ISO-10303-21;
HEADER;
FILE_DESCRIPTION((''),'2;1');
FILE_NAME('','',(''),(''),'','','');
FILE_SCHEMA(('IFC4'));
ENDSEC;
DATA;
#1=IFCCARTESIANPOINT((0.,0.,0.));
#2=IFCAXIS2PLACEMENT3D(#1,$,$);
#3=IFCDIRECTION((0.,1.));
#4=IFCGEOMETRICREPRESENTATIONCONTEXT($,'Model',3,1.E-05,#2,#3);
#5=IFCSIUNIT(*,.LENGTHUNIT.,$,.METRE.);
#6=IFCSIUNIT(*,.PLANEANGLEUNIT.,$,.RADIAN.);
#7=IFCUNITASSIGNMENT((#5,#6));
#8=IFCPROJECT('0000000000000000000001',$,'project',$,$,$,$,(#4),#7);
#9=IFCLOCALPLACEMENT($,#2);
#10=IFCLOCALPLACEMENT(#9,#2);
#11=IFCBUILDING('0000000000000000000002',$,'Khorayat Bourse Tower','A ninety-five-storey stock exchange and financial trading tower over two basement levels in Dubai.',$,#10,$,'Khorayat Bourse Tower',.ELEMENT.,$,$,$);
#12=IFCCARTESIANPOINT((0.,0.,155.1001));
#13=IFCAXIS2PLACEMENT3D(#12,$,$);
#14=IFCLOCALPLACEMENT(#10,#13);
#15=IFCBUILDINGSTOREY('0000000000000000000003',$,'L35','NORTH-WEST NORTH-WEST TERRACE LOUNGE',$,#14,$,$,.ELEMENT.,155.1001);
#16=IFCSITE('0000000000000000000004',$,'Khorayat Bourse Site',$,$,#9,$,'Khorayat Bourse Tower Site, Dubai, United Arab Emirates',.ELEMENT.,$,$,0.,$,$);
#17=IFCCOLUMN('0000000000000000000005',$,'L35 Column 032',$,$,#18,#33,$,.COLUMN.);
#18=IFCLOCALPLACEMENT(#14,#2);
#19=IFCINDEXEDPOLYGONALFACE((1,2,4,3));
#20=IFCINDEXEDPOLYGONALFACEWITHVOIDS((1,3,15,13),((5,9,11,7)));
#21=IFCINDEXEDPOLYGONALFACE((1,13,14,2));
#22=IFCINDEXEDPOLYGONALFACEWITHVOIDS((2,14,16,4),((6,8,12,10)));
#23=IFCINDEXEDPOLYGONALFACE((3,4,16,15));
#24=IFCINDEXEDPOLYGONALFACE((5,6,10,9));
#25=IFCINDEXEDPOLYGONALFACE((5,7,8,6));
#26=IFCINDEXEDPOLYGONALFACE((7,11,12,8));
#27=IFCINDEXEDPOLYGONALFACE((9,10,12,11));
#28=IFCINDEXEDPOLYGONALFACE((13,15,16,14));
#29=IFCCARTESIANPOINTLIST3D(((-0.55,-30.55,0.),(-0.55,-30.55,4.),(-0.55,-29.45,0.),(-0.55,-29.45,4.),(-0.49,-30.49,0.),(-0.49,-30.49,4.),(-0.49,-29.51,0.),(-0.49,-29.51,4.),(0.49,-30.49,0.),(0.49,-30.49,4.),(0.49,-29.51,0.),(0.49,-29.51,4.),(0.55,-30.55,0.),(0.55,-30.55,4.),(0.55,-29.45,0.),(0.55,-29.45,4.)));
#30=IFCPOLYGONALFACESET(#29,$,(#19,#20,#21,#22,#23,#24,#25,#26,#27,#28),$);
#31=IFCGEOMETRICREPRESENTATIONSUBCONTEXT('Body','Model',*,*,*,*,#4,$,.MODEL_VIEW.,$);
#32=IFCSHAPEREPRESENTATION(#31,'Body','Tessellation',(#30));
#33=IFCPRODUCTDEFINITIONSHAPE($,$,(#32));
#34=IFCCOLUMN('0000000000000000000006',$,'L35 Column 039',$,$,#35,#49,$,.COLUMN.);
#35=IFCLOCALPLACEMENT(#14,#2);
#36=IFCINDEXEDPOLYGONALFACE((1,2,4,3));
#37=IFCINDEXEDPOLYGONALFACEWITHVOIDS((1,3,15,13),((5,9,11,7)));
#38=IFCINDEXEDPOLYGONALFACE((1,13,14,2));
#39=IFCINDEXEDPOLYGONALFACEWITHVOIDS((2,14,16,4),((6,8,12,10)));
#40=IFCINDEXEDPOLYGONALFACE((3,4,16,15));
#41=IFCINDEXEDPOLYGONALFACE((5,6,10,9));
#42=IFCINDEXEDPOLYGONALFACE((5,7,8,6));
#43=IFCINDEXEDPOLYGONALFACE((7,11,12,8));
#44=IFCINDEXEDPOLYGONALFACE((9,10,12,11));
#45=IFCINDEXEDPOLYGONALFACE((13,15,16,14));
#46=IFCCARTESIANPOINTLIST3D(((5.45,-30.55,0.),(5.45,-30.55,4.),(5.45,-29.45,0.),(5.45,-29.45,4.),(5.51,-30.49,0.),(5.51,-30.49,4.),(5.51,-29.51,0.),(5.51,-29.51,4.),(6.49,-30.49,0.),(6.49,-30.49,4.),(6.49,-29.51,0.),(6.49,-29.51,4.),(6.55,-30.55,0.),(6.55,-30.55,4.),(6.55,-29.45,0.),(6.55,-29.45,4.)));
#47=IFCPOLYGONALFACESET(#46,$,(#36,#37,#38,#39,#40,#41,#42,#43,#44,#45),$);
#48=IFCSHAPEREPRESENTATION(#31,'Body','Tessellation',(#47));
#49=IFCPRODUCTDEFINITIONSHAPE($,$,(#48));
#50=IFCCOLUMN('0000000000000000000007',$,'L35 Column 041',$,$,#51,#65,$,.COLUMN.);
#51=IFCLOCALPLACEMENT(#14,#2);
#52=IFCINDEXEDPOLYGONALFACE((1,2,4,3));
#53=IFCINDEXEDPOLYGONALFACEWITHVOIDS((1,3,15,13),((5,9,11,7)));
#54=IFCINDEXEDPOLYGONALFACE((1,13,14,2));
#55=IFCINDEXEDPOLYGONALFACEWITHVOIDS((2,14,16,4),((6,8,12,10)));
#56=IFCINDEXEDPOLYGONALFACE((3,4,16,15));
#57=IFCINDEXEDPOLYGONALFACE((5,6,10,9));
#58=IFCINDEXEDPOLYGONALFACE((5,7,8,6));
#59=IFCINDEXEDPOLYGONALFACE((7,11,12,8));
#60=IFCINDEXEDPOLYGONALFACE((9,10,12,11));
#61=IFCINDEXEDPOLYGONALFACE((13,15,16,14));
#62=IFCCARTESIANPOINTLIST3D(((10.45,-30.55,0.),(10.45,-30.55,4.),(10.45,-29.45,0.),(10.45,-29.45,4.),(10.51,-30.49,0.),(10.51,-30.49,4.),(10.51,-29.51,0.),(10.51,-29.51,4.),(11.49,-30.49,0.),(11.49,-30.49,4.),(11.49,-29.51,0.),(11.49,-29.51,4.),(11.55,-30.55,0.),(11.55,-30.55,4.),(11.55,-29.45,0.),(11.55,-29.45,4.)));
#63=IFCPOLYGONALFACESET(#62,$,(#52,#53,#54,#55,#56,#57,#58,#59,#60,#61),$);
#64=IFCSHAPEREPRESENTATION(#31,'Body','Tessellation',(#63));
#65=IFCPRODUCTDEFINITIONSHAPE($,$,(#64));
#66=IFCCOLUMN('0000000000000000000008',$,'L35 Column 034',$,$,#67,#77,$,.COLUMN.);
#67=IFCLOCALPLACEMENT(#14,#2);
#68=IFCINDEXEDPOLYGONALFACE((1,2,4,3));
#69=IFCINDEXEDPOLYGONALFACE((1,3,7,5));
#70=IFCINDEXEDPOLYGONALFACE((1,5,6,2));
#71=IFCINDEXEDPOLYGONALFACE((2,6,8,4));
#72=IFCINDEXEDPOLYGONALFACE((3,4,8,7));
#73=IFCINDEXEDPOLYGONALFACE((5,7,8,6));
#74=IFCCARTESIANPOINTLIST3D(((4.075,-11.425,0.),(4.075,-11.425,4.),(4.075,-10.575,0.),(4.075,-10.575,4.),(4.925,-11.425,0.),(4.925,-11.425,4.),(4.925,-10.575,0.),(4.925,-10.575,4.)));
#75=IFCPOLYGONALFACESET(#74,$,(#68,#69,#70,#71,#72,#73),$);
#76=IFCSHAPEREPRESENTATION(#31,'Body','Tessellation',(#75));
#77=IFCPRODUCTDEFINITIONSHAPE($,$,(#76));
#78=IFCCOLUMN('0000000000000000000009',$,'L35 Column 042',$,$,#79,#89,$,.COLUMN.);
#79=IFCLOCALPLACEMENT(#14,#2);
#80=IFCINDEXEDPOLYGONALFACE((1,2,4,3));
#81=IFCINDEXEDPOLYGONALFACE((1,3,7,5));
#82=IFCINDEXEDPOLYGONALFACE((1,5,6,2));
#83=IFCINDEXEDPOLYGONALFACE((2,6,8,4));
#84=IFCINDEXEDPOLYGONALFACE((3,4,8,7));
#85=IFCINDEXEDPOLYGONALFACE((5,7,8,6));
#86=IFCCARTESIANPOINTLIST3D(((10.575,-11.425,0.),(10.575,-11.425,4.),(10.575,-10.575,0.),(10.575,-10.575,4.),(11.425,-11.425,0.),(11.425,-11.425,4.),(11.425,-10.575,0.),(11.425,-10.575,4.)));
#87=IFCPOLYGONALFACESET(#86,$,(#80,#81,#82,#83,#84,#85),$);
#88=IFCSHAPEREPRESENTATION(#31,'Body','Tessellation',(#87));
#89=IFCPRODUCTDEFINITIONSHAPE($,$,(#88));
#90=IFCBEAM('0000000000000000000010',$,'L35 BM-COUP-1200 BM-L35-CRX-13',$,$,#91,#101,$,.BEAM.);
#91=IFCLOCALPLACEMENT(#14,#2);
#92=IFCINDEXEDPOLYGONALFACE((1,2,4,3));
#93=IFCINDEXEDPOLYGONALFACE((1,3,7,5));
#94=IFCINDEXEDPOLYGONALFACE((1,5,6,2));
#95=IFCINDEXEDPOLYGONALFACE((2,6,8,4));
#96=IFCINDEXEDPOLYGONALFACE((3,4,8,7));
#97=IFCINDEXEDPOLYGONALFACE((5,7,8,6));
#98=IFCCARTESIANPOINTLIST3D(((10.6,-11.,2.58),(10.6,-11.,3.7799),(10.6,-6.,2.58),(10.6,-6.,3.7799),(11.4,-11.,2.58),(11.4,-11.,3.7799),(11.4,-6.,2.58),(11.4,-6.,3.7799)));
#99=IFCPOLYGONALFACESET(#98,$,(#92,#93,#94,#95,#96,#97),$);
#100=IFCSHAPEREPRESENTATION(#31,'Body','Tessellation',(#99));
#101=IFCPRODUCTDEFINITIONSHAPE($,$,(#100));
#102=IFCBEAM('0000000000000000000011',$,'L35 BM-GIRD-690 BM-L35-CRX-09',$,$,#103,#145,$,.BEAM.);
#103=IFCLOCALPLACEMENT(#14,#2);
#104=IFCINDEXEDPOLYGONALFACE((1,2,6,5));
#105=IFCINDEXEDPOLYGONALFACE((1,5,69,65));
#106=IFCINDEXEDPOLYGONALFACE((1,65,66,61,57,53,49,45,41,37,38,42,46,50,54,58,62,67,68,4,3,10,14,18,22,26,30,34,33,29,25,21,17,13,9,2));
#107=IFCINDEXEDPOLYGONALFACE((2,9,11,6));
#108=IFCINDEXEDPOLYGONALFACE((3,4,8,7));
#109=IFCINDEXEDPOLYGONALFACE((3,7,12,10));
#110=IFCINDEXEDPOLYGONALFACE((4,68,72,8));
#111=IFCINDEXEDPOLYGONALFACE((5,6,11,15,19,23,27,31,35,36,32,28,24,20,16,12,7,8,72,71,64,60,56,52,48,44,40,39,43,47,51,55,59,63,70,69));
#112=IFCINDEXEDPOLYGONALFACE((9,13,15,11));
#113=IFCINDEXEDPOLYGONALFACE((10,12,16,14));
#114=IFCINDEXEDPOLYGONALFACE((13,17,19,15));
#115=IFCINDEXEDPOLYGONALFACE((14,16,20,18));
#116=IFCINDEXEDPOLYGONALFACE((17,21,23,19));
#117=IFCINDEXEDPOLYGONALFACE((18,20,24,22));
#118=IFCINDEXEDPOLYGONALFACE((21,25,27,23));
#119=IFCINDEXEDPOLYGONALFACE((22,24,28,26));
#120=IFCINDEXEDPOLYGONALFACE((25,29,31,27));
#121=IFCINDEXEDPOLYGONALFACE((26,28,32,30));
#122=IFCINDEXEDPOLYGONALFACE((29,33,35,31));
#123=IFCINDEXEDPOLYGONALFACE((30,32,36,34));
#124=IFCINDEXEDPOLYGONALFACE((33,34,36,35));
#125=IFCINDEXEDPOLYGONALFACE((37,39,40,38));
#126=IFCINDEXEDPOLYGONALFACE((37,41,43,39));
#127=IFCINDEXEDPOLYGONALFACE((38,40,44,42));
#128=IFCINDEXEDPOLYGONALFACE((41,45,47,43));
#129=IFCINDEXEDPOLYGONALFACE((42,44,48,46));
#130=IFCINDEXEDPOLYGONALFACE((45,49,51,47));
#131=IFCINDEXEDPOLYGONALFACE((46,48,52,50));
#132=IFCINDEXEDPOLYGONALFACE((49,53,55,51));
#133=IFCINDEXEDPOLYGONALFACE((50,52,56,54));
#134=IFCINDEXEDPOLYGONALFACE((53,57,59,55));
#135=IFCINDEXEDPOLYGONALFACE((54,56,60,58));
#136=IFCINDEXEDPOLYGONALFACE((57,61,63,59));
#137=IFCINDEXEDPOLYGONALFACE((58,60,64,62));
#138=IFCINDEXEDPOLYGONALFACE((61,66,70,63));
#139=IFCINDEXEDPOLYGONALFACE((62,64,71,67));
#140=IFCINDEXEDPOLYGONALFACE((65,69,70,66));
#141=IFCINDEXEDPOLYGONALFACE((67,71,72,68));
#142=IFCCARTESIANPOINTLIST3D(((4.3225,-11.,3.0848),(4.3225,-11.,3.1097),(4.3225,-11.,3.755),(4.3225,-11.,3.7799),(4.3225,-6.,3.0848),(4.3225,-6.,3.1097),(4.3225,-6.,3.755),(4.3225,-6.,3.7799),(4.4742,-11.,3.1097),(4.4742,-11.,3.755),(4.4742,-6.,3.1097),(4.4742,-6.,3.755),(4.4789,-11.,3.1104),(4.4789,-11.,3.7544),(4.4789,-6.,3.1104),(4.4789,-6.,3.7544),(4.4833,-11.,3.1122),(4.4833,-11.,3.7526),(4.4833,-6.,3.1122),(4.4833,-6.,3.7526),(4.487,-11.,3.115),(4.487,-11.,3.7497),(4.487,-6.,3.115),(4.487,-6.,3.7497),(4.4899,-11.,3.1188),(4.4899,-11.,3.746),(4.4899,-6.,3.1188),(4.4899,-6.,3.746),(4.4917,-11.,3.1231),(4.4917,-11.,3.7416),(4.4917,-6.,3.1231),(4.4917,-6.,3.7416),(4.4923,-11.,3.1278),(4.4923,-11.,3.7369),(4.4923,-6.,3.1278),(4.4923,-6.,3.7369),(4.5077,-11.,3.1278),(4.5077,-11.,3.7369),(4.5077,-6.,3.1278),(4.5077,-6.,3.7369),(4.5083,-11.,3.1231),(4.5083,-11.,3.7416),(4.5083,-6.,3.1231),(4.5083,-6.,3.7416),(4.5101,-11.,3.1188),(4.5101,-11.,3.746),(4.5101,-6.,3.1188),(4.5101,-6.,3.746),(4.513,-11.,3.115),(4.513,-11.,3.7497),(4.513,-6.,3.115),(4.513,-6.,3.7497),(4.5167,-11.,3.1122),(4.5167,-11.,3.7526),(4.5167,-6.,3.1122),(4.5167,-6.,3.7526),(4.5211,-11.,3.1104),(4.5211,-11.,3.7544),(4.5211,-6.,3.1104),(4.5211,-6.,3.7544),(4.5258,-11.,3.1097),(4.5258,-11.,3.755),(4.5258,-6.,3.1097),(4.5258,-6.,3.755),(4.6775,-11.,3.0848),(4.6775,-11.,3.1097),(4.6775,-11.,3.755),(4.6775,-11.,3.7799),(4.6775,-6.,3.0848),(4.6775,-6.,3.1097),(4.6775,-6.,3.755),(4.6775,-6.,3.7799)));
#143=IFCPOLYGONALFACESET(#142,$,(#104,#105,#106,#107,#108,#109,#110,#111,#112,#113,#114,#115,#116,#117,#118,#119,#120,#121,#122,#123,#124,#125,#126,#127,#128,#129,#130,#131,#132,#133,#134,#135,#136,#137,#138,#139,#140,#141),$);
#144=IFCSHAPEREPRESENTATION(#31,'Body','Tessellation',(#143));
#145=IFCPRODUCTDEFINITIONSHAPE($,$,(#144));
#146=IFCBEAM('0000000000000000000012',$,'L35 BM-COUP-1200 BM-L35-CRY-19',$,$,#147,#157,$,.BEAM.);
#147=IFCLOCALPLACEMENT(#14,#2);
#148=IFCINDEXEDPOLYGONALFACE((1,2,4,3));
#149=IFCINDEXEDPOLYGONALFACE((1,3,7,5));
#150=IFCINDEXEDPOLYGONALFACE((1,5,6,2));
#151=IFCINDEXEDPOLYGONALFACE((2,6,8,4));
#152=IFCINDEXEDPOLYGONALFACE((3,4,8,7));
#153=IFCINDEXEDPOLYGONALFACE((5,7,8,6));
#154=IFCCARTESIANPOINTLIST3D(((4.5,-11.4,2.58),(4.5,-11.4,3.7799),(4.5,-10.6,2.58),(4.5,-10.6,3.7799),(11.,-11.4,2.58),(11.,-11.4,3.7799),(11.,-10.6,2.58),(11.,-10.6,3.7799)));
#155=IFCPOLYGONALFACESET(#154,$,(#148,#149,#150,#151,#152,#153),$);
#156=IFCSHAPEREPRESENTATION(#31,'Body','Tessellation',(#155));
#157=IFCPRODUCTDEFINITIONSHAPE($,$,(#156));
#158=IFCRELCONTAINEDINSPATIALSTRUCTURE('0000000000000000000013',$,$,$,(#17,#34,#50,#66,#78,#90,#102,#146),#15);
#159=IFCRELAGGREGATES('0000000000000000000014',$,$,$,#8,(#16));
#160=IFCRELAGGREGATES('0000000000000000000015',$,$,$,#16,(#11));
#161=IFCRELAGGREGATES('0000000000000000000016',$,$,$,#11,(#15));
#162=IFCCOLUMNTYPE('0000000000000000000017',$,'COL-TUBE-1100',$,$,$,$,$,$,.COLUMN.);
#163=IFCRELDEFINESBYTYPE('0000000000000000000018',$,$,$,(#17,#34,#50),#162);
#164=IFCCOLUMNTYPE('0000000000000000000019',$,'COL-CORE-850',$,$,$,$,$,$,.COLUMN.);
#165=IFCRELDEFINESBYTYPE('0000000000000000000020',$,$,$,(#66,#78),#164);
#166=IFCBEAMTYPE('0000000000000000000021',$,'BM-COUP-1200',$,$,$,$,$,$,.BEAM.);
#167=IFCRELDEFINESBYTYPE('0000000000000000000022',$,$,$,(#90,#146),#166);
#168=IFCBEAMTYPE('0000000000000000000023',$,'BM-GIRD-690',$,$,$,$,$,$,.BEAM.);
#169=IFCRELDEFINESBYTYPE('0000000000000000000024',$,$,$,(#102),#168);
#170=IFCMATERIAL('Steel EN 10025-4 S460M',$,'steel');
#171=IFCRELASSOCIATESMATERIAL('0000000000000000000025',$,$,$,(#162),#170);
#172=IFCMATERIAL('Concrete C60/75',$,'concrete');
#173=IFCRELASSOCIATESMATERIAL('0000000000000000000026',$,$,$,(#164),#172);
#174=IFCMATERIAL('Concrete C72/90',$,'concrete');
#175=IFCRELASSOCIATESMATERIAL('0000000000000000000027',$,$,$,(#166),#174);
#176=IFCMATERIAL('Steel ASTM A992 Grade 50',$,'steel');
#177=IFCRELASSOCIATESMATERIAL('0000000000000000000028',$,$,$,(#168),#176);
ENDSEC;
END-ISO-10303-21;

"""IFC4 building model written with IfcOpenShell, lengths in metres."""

from ifc_helpers import new_model, si_unit, direction, frame, origin, origin_2d, place, context, subcontext, project, spatial, rectangle, hollow_rectangle, i_section, extrude, source, transform, mapped, material, material_profile, profile_set, type_object, element, save


model = new_model("IFC4")

# Units and contexts
model_context = context("Model", 3, precision=1e-05, world=origin(), true_north=direction((0.0, 1.0)))
body_context = subcontext(model_context, "Body", "Model", "MODEL_VIEW")
ifc_project = project(units=[si_unit("LENGTHUNIT", "METRE"), si_unit("PLANEANGLEUNIT", "RADIAN")], contexts=[model_context])

# Site, building, storey
site_placement = place(None, origin())
site = spatial("IfcSite", under=ifc_project, at=site_placement, Name="Khorayat Bourse Site", LongName="Khorayat Bourse Tower Site, Dubai, United Arab Emirates", CompositionType="ELEMENT", RefElevation=0.0)
building_placement = place(site_placement, origin())
building = spatial("IfcBuilding", under=site, at=building_placement, Name="Khorayat Bourse Tower", Description="A ninety-five-storey stock exchange and financial trading tower over two basement levels in Dubai.", LongName="Khorayat Bourse Tower", CompositionType="ELEMENT")
storey_placement = place(building_placement, frame((0.0, 0.0, 155.1001)))
storey = spatial("IfcBuildingStorey", under=building, at=storey_placement, Name="L35", Description="NORTH-WEST NORTH-WEST TERRACE LOUNGE", CompositionType="ELEMENT", Elevation=155.1001)

# Columns
ifc_material_1 = material(Name="Steel EN 10025-4 S460M", Category="steel")
ifc_material_profile_1 = material_profile(ifc_material_1, hollow_rectangle(XDim=1.1001, YDim=1.1001, WallThickness=0.0601, at=origin_2d()), Name="BOX 1100x1100x60")
ifc_profile_set_1 = profile_set([ifc_material_profile_1], Name="Steel EN 10025-4 S460M")
column_type_1 = type_object("IfcColumnType", Name="COL-TUBE-1100", PredefinedType="COLUMN", material=ifc_profile_set_1)
shared_shape_1 = source(origin(), body_context, "Body", "SweptSolid", [
    extrude(hollow_rectangle(XDim=1.1001, YDim=1.1001, WallThickness=0.0601, at=origin_2d()), origin(), (0.0, 0.0, 1.0), 4.0),
])
for number, where, z_axis, x_axis, name in (
    (1, (0.0, -30.0, 0.0), (0.0, 0.0, 1.0), (1.0, 0.0, 0.0), "L35 Column 032"),
    (2, (6.0, -30.0, 0.0), (0.0, 0.0, 1.0), (1.0, 0.0, 0.0), "L35 Column 039"),
    (3, (11.0, -30.0, 0.0), (0.0, 0.0, 1.0), (1.0, 0.0, 0.0), "L35 Column 041"),
):
    element("IfcColumn", number, at=place(storey_placement, frame(where, z_axis=z_axis, x_axis=x_axis)), inside=storey, type_object=column_type_1, Name=name, PredefinedType="COLUMN", context=body_context, shape_type="MappedRepresentation", body=[
        mapped(shared_shape_1, transform((0.0, 0.0, 0.0), scale=1.0)),
    ])
ifc_material_2 = material(Name="Concrete C60/75", Category="concrete")
ifc_material_profile_2 = material_profile(ifc_material_2, rectangle(XDim=0.8501, YDim=0.8501, at=origin_2d()), Name="RC 850x850")
ifc_profile_set_2 = profile_set([ifc_material_profile_2], Name="Concrete C60/75")
column_type_2 = type_object("IfcColumnType", Name="COL-CORE-850", PredefinedType="COLUMN", material=ifc_profile_set_2)
shared_shape_2 = source(origin(), body_context, "Body", "SweptSolid", [
    extrude(rectangle(XDim=0.8501, YDim=0.8501, at=origin_2d()), origin(), (0.0, 0.0, 1.0), 4.0),
])
for number, where, z_axis, x_axis, name in (
    (4, (4.5, -11.0, 0.0), (0.0, 0.0, 1.0), (1.0, 0.0, 0.0), "L35 Column 034"),
    (5, (11.0, -11.0, 0.0), (0.0, 0.0, 1.0), (1.0, 0.0, 0.0), "L35 Column 042"),
):
    element("IfcColumn", number, at=place(storey_placement, frame(where, z_axis=z_axis, x_axis=x_axis)), inside=storey, type_object=column_type_2, Name=name, PredefinedType="COLUMN", context=body_context, shape_type="MappedRepresentation", body=[
        mapped(shared_shape_2, transform((0.0, 0.0, 0.0), scale=1.0)),
    ])

# Beams
ifc_material_3 = material(Name="Concrete C72/90", Category="concrete")
ifc_material_profile_3 = material_profile(ifc_material_3, rectangle(XDim=0.8, YDim=1.2, at=origin_2d()), Name="RC 800x1200")
ifc_profile_set_3 = profile_set([ifc_material_profile_3], Name="Concrete C72/90")
beam_type_1 = type_object("IfcBeamType", Name="BM-COUP-1200", PredefinedType="BEAM", material=ifc_profile_set_3)
shared_shape_3 = source(origin(), body_context, "Body", "SweptSolid", [
    extrude(rectangle(XDim=0.8, YDim=1.2, at=origin_2d()), origin(), (0.0, 0.0, 1.0), 5.0),
])
beam_1_placement = place(storey_placement, frame((11.0, -11.0, 3.1799), z_axis=(0.0, 1.0, 0.0), x_axis=(-1.0, 0.0, 0.0)))
element("IfcBeam", 6, at=beam_1_placement, inside=storey, type_object=beam_type_1, Name="L35 BM-COUP-1200 BM-L35-CRX-13", PredefinedType="BEAM", context=body_context, shape_type="MappedRepresentation", body=[
    mapped(shared_shape_3, transform((0.0, 0.0, 0.0), scale=1.0)),
])
ifc_material_4 = material(Name="Steel ASTM A992 Grade 50", Category="steel")
ifc_material_profile_4 = material_profile(ifc_material_4, i_section(OverallWidth=0.355, OverallDepth=0.6951, WebThickness=0.0154, FlangeThickness=0.0249, FilletRadius=0.0181, at=origin_2d()), Name="W690X217")
ifc_profile_set_4 = profile_set([ifc_material_profile_4], Name="Steel ASTM A992 Grade 50")
beam_type_2 = type_object("IfcBeamType", Name="BM-GIRD-690", PredefinedType="BEAM", material=ifc_profile_set_4)
shared_shape_4 = source(origin(), body_context, "Body", "SweptSolid", [
    extrude(i_section(OverallWidth=0.355, OverallDepth=0.6951, WebThickness=0.0154, FlangeThickness=0.0249, FilletRadius=0.0181, at=origin_2d()), origin(), (0.0, 0.0, 1.0), 5.0),
])
beam_2_placement = place(storey_placement, frame((4.5, -11.0, 3.4324), z_axis=(0.0, 1.0, 0.0), x_axis=(-1.0, 0.0, 0.0)))
element("IfcBeam", 7, at=beam_2_placement, inside=storey, type_object=beam_type_2, Name="L35 BM-GIRD-690 BM-L35-CRX-09", PredefinedType="BEAM", context=body_context, shape_type="MappedRepresentation", body=[
    mapped(shared_shape_4, transform((0.0, 0.0, 0.0), scale=1.0)),
])
shared_shape_5 = source(origin(), body_context, "Body", "SweptSolid", [
    extrude(rectangle(XDim=0.8, YDim=1.2, at=origin_2d()), origin(), (0.0, 0.0, 1.0), 6.5),
])
beam_3_placement = place(storey_placement, frame((4.5, -11.0, 3.1799), z_axis=(1.0, 0.0, 0.0), x_axis=(0.0, 1.0, 0.0)))
element("IfcBeam", 8, at=beam_3_placement, inside=storey, type_object=beam_type_1, Name="L35 BM-COUP-1200 BM-L35-CRY-19", PredefinedType="BEAM", context=body_context, shape_type="MappedRepresentation", body=[
    mapped(shared_shape_5, transform((0.0, 0.0, 0.0), scale=1.0)),
])

save(model, "model.ifc")
